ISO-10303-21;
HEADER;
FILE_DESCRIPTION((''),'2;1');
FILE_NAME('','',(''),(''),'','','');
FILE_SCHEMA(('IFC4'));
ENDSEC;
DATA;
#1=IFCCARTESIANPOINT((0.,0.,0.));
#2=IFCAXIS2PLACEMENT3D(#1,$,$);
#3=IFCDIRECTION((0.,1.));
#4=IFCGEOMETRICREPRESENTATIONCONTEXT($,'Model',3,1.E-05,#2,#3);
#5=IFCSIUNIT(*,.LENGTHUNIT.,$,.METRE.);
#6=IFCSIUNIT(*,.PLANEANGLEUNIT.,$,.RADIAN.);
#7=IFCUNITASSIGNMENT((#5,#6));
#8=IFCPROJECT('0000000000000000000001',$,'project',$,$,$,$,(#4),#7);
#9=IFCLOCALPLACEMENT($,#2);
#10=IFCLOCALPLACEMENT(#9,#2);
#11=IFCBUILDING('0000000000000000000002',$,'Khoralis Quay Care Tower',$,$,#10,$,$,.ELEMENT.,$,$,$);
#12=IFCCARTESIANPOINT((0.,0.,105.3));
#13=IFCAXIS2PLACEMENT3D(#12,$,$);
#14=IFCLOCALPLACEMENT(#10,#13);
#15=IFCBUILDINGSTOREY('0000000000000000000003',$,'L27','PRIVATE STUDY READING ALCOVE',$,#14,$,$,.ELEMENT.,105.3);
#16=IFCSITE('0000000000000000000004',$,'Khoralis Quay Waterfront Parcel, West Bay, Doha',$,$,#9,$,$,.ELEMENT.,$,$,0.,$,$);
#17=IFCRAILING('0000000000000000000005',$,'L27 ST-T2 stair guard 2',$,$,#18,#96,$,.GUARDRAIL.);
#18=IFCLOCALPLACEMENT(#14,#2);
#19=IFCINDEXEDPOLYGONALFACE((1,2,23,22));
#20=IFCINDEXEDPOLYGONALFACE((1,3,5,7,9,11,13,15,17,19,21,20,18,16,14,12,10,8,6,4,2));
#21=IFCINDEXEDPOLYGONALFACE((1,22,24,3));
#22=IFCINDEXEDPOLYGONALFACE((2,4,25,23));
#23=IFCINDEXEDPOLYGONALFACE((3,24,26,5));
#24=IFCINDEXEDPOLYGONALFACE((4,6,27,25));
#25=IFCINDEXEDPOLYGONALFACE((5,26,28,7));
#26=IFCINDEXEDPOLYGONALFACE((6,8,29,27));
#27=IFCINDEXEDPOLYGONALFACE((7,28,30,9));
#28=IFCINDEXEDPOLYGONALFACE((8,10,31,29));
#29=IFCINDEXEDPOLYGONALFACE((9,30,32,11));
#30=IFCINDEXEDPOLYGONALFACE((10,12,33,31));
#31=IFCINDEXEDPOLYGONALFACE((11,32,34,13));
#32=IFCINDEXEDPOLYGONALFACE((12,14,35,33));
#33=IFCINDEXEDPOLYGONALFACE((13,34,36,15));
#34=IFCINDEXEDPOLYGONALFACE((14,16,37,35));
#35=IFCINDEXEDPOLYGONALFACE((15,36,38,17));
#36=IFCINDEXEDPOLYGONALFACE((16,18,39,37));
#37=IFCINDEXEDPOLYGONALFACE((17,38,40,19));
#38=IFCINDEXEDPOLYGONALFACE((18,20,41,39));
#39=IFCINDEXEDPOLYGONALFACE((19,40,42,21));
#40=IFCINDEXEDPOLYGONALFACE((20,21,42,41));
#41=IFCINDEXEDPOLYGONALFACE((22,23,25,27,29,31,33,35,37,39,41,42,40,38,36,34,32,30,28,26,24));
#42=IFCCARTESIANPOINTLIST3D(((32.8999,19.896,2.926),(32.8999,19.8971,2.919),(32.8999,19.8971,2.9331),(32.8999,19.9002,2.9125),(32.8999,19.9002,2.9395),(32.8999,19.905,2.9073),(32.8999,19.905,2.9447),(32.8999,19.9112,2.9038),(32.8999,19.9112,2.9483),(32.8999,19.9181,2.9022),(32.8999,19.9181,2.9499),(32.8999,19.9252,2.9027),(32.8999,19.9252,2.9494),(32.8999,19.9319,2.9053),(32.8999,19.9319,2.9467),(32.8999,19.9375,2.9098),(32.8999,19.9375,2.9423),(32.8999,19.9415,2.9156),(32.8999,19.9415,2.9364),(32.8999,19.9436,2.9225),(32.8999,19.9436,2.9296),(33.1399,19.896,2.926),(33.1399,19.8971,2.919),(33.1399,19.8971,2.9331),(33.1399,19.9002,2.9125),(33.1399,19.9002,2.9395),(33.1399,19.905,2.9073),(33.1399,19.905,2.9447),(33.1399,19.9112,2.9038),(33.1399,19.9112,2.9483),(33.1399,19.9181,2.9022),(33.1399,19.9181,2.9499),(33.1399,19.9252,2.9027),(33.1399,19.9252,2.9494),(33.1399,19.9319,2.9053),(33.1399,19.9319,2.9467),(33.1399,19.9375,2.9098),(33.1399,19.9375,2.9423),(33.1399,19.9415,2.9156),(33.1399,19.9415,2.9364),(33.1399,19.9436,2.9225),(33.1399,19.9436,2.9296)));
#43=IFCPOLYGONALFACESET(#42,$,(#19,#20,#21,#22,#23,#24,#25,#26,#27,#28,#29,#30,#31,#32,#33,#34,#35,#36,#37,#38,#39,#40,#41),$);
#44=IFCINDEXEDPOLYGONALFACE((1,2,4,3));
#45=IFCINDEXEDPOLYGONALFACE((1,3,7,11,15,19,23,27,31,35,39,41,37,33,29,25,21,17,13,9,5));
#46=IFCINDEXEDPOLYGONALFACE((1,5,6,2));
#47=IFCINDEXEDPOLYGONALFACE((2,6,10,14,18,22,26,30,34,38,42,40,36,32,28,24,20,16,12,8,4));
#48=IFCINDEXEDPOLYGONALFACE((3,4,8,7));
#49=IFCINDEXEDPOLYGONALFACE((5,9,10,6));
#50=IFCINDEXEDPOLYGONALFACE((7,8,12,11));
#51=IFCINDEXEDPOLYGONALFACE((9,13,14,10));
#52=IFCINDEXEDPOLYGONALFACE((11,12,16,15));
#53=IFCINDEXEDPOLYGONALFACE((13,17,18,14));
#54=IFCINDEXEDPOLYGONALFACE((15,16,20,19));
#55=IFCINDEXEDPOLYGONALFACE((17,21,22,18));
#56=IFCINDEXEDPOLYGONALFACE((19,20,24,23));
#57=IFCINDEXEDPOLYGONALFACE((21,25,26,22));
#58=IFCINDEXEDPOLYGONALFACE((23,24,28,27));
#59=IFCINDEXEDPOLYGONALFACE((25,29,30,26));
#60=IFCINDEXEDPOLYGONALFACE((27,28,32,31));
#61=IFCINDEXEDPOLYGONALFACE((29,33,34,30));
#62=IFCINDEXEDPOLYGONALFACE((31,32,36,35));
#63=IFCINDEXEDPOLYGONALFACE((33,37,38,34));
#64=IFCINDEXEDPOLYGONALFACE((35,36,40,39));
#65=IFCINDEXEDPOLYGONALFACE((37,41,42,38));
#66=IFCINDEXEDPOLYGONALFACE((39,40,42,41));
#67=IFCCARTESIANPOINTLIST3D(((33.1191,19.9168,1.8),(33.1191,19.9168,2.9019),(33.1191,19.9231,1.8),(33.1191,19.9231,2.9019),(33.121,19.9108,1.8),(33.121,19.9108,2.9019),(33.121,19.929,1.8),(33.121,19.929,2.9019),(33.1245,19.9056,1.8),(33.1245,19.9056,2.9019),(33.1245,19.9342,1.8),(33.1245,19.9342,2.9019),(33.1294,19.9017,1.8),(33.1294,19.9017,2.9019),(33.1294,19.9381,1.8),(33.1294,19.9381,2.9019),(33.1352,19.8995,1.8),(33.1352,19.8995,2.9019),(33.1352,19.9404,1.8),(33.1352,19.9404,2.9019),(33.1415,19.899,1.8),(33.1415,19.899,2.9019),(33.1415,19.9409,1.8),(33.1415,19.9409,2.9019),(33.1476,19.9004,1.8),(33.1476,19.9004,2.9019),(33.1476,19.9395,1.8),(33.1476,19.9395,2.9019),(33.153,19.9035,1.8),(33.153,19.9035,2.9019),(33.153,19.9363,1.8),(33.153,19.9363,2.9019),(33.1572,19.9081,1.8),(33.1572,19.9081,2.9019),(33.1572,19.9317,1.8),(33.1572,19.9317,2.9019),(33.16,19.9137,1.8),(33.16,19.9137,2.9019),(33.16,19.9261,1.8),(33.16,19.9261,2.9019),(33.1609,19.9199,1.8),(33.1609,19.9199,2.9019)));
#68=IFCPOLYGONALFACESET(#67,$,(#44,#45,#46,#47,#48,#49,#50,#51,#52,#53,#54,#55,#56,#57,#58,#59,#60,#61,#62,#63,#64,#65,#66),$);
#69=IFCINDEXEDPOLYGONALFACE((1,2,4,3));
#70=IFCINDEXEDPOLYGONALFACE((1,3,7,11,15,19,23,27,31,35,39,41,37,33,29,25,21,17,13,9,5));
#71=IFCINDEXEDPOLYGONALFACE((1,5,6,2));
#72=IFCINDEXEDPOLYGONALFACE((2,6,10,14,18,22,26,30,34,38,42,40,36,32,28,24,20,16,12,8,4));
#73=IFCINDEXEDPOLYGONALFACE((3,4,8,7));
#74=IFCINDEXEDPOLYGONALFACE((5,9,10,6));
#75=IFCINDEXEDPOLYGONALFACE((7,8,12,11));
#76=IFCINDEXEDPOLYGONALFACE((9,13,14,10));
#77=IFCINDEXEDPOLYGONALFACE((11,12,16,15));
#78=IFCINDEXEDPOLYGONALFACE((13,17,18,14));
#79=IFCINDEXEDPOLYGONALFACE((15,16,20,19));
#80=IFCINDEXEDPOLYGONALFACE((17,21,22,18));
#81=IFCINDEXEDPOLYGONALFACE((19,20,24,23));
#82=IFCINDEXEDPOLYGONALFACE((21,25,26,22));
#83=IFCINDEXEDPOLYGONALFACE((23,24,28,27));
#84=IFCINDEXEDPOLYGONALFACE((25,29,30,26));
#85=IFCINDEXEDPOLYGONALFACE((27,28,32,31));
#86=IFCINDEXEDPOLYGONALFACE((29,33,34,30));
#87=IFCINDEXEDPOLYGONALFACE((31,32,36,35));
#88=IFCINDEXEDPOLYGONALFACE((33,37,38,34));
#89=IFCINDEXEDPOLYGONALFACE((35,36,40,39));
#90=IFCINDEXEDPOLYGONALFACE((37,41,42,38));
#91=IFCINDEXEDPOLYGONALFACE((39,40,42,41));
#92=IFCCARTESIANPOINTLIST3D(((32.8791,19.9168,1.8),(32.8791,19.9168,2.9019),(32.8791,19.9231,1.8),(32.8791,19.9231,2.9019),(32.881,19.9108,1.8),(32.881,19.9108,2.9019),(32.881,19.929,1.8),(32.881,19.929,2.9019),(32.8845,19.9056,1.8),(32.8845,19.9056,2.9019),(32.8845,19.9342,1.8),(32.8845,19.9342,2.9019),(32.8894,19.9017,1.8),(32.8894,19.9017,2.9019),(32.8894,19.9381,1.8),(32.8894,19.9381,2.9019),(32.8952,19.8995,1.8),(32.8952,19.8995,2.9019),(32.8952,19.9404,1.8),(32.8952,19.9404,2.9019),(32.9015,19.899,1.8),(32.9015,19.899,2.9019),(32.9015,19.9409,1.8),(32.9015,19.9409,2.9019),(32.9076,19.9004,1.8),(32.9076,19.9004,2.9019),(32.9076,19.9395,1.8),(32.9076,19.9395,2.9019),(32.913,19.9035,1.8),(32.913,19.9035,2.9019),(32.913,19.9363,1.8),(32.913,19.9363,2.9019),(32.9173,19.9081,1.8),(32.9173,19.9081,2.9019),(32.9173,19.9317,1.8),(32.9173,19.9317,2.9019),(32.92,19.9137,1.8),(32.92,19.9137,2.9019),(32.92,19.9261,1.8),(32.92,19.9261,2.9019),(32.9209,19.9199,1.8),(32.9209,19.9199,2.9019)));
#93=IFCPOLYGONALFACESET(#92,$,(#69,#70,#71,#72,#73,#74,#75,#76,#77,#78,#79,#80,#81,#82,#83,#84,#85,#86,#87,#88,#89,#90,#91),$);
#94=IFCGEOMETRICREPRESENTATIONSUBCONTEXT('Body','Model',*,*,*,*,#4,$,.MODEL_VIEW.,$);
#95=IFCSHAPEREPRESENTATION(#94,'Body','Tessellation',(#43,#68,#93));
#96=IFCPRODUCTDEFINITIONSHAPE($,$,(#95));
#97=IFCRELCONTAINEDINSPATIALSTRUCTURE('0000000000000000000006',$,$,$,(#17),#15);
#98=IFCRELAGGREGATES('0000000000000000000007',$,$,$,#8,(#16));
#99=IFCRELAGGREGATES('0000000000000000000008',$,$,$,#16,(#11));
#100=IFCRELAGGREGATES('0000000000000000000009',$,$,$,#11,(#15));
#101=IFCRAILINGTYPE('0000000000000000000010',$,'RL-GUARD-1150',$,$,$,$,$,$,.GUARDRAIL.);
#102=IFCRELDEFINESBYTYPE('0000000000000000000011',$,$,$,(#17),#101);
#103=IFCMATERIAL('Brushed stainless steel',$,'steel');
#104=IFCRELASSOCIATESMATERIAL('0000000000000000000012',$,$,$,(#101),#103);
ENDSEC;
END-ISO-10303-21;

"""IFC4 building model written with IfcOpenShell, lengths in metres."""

from ifc_helpers import new_model, si_unit, direction, frame, origin, origin_2d, place, context, subcontext, project, spatial, circle, extrude, material, type_object, element, save


model = new_model("IFC4")

# Units and contexts
model_context = context("Model", 3, precision=1e-05, world=origin(), true_north=direction((0.0, 1.0)))
body_context = subcontext(model_context, "Body", "Model", "MODEL_VIEW")
ifc_project = project(units=[si_unit("LENGTHUNIT", "METRE"), si_unit("PLANEANGLEUNIT", "RADIAN")], contexts=[model_context])

# Site, building, storey
site_placement = place(None, origin())
site = spatial("IfcSite", under=ifc_project, at=site_placement, Name="Khoralis Quay Waterfront Parcel, West Bay, Doha", CompositionType="ELEMENT", RefElevation=0.0)
building_placement = place(site_placement, origin())
building = spatial("IfcBuilding", under=site, at=building_placement, Name="Khoralis Quay Care Tower", CompositionType="ELEMENT")
storey_placement = place(building_placement, frame((0.0, 0.0, 105.3)))
storey = spatial("IfcBuildingStorey", under=building, at=storey_placement, Name="L27", Description="PRIVATE STUDY READING ALCOVE", CompositionType="ELEMENT", Elevation=105.3)

# Railing
ifc_material_1 = material(Name="Brushed stainless steel", Category="steel")
railing_type_1 = type_object("IfcRailingType", Name="RL-GUARD-1150", PredefinedType="GUARDRAIL", material=ifc_material_1)
railing_1_placement = place(storey_placement, frame((33.1399, 19.9199, 1.8)))
element("IfcRailing", 1, at=railing_1_placement, inside=storey, type_object=railing_type_1, Name="L27 ST-T2 stair guard 2", PredefinedType="GUARDRAIL", context=body_context, shape_type="SweptSolid", body=[
    extrude(circle(Radius=0.0239, at=origin_2d()), frame((0.0, 0.0, 1.126), z_axis=(-1.0, 0.0, 0.0), x_axis=(0.0, -1.0, 0.0)), (0.0, 0.0, 1.0), 0.24),
    extrude(circle(Radius=0.021, at=origin_2d()), origin(), (0.0, 0.0, 1.0), 1.1018),
    extrude(circle(Radius=0.021, at=origin_2d()), frame((-0.24, 0.0, 0.0)), (0.0, 0.0, 1.0), 1.1018),
])

save(model, "model.ifc")
